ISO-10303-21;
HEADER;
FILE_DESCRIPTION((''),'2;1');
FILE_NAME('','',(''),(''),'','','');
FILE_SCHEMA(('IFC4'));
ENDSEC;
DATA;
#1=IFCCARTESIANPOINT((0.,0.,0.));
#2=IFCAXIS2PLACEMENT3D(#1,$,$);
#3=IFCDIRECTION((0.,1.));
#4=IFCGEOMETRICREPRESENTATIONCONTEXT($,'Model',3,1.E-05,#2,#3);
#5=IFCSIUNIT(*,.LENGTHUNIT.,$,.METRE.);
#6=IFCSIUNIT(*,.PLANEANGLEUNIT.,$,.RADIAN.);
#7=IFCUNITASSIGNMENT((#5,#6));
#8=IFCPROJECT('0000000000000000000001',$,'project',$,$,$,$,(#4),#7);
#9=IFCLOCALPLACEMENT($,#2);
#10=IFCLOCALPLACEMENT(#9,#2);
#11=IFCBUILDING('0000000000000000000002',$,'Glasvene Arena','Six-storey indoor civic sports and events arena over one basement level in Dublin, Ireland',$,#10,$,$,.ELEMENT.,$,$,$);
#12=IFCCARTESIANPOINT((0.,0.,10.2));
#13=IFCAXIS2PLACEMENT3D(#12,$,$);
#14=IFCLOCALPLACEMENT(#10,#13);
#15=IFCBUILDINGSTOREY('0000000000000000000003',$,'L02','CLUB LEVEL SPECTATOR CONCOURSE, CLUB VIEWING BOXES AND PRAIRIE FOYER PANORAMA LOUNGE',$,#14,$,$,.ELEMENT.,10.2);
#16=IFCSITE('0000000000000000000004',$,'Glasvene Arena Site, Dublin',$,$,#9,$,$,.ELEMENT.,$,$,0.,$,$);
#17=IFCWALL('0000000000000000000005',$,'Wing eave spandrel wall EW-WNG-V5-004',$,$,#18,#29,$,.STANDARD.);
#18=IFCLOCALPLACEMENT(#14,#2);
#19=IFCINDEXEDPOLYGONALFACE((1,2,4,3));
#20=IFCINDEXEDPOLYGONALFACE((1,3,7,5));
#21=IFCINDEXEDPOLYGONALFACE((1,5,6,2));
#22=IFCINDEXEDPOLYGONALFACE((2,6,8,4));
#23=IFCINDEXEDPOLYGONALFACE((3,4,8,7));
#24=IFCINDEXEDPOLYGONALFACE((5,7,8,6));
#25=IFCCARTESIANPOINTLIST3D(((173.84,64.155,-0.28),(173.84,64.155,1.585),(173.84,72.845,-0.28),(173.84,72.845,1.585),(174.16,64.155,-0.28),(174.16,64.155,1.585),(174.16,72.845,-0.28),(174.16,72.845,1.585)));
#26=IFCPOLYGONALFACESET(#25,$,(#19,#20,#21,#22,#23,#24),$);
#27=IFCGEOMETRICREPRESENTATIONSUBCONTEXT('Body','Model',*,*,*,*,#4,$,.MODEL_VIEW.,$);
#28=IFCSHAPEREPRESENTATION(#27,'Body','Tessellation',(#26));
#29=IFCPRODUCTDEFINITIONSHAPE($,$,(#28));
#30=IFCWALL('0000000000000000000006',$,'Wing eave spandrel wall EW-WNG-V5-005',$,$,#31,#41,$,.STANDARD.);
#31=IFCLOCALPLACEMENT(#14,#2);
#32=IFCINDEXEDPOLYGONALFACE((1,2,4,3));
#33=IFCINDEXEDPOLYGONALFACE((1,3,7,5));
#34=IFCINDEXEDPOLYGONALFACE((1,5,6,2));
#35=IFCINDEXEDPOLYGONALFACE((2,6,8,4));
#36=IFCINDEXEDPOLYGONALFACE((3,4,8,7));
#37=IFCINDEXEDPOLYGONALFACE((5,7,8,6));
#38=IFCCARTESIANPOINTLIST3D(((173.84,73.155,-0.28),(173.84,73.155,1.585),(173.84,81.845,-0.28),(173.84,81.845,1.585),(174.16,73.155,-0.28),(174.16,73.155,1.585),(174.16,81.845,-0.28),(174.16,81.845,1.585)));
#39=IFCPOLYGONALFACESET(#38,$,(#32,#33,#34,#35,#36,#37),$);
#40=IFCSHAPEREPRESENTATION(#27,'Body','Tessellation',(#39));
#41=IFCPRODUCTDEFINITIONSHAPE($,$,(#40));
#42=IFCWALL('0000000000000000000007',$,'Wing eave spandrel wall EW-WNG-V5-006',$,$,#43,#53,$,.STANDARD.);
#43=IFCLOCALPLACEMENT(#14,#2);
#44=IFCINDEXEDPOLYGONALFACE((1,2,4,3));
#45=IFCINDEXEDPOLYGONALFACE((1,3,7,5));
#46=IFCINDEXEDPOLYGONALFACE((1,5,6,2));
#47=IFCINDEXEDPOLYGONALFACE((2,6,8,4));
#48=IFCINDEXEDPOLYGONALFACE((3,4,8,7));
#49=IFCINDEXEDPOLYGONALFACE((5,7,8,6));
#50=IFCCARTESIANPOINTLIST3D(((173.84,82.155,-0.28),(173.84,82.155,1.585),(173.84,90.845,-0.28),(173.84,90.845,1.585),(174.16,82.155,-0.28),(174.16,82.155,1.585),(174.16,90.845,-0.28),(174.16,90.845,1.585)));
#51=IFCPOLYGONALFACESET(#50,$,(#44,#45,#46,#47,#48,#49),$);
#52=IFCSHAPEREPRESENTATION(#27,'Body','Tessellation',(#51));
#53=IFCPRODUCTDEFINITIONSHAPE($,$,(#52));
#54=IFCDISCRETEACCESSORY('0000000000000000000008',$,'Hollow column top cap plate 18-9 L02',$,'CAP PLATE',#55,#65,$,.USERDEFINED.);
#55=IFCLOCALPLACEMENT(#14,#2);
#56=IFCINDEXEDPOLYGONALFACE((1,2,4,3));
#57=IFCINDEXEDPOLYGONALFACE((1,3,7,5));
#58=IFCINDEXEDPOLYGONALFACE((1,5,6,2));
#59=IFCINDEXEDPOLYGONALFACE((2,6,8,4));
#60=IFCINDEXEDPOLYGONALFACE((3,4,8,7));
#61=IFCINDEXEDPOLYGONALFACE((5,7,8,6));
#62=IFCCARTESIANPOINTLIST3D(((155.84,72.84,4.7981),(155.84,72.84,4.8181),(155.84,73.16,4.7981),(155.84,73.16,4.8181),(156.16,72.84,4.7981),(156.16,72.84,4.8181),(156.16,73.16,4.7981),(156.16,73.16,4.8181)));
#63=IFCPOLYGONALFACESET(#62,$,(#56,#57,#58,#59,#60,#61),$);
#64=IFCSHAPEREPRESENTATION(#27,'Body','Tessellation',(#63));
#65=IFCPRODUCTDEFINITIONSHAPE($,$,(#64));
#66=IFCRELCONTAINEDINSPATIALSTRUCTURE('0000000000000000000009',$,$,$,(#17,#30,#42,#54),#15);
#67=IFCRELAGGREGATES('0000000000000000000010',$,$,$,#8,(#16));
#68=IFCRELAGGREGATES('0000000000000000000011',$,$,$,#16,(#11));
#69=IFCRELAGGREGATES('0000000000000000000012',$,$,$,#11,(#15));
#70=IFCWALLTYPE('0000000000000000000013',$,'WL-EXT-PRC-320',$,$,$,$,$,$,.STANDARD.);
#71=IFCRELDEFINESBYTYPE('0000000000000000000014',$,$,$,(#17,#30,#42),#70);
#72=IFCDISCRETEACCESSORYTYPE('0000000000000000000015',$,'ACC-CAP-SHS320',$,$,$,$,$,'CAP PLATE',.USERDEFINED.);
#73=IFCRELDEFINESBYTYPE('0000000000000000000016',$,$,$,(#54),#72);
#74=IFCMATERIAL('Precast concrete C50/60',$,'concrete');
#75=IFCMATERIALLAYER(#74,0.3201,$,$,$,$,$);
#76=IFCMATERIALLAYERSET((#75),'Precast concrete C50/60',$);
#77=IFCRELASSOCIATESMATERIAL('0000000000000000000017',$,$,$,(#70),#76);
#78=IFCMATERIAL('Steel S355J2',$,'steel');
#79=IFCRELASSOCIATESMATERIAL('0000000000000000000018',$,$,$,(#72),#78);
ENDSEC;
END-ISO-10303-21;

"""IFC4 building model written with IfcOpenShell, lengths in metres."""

from ifc_helpers import new_model, si_unit, direction, frame, frame_2d, origin, origin_2d, place, context, subcontext, project, spatial, rectangle, extrude, material, layer, layer_set, type_object, element, save


model = new_model("IFC4")

# Units and contexts
model_context = context("Model", 3, precision=1e-05, world=origin(), true_north=direction((0.0, 1.0)))
body_context = subcontext(model_context, "Body", "Model", "MODEL_VIEW")
ifc_project = project(units=[si_unit("LENGTHUNIT", "METRE"), si_unit("PLANEANGLEUNIT", "RADIAN")], contexts=[model_context])

# Site, building, storey
site_placement = place(None, origin())
site = spatial("IfcSite", under=ifc_project, at=site_placement, Name="Glasvene Arena Site, Dublin", CompositionType="ELEMENT", RefElevation=0.0)
building_placement = place(site_placement, origin())
building = spatial("IfcBuilding", under=site, at=building_placement, Name="Glasvene Arena", Description="Six-storey indoor civic sports and events arena over one basement level in Dublin, Ireland", CompositionType="ELEMENT")
storey_placement = place(building_placement, frame((0.0, 0.0, 10.2)))
storey = spatial("IfcBuildingStorey", under=building, at=storey_placement, Name="L02", Description="CLUB LEVEL SPECTATOR CONCOURSE, CLUB VIEWING BOXES AND PRAIRIE FOYER PANORAMA LOUNGE", CompositionType="ELEMENT", Elevation=10.2)

# Shared definitions
ifc_material_1 = material(Name="Steel S355J2", Category="steel")

# Shared definitions
ifc_material_2 = material(Name="Precast concrete C50/60", Category="concrete")
ifc_layer_1 = layer(ifc_material_2, 0.3201)
ifc_layer_set_1 = layer_set([ifc_layer_1], Name="Precast concrete C50/60")
wall_type = type_object("IfcWallType", Name="WL-EXT-PRC-320", PredefinedType="STANDARD", material=ifc_layer_set_1)

# Walls
for number, where, z_axis, x_axis, name in (
    (1, (174.0, 64.155, -0.28), (0.0, 0.0, 1.0), (0.0, 1.0, 0.0), "Wing eave spandrel wall EW-WNG-V5-004"),
    (2, (174.0, 73.155, -0.28), (0.0, 0.0, 1.0), (0.0, 1.0, 0.0), "Wing eave spandrel wall EW-WNG-V5-005"),
    (3, (174.0, 82.155, -0.28), (0.0, 0.0, 1.0), (0.0, 1.0, 0.0), "Wing eave spandrel wall EW-WNG-V5-006"),
):
    element("IfcWall", number, at=place(storey_placement, frame(where, z_axis=z_axis, x_axis=x_axis)), inside=storey, type_object=wall_type, Name=name, PredefinedType="STANDARD", context=body_context, shape_type="SweptSolid", body=[
        extrude(rectangle(XDim=8.6899, YDim=0.3201, at=frame_2d((4.345, 0.0))), origin(), (0.0, 0.0, 1.0), 1.865),
    ])

# Discrete accessory
discrete_accessory_type = type_object("IfcDiscreteAccessoryType", Name="ACC-CAP-SHS320", ElementType="CAP PLATE", PredefinedType="USERDEFINED", material=ifc_material_1)
discrete_accessory_placement = place(storey_placement, frame((156.0, 73.0, 4.7981), z_axis=(0.0, 0.0, 1.0), x_axis=(1.0, 0.0, 0.0)))
element("IfcDiscreteAccessory", 4, at=discrete_accessory_placement, inside=storey, type_object=discrete_accessory_type, Name="Hollow column top cap plate 18-9 L02", ObjectType="CAP PLATE", PredefinedType="USERDEFINED", context=body_context, shape_type="SweptSolid", body=[
    extrude(rectangle(XDim=0.3201, YDim=0.3201, at=origin_2d()), origin(), (0.0, 0.0, 1.0), 0.02),
])

save(model, "model.ifc")
